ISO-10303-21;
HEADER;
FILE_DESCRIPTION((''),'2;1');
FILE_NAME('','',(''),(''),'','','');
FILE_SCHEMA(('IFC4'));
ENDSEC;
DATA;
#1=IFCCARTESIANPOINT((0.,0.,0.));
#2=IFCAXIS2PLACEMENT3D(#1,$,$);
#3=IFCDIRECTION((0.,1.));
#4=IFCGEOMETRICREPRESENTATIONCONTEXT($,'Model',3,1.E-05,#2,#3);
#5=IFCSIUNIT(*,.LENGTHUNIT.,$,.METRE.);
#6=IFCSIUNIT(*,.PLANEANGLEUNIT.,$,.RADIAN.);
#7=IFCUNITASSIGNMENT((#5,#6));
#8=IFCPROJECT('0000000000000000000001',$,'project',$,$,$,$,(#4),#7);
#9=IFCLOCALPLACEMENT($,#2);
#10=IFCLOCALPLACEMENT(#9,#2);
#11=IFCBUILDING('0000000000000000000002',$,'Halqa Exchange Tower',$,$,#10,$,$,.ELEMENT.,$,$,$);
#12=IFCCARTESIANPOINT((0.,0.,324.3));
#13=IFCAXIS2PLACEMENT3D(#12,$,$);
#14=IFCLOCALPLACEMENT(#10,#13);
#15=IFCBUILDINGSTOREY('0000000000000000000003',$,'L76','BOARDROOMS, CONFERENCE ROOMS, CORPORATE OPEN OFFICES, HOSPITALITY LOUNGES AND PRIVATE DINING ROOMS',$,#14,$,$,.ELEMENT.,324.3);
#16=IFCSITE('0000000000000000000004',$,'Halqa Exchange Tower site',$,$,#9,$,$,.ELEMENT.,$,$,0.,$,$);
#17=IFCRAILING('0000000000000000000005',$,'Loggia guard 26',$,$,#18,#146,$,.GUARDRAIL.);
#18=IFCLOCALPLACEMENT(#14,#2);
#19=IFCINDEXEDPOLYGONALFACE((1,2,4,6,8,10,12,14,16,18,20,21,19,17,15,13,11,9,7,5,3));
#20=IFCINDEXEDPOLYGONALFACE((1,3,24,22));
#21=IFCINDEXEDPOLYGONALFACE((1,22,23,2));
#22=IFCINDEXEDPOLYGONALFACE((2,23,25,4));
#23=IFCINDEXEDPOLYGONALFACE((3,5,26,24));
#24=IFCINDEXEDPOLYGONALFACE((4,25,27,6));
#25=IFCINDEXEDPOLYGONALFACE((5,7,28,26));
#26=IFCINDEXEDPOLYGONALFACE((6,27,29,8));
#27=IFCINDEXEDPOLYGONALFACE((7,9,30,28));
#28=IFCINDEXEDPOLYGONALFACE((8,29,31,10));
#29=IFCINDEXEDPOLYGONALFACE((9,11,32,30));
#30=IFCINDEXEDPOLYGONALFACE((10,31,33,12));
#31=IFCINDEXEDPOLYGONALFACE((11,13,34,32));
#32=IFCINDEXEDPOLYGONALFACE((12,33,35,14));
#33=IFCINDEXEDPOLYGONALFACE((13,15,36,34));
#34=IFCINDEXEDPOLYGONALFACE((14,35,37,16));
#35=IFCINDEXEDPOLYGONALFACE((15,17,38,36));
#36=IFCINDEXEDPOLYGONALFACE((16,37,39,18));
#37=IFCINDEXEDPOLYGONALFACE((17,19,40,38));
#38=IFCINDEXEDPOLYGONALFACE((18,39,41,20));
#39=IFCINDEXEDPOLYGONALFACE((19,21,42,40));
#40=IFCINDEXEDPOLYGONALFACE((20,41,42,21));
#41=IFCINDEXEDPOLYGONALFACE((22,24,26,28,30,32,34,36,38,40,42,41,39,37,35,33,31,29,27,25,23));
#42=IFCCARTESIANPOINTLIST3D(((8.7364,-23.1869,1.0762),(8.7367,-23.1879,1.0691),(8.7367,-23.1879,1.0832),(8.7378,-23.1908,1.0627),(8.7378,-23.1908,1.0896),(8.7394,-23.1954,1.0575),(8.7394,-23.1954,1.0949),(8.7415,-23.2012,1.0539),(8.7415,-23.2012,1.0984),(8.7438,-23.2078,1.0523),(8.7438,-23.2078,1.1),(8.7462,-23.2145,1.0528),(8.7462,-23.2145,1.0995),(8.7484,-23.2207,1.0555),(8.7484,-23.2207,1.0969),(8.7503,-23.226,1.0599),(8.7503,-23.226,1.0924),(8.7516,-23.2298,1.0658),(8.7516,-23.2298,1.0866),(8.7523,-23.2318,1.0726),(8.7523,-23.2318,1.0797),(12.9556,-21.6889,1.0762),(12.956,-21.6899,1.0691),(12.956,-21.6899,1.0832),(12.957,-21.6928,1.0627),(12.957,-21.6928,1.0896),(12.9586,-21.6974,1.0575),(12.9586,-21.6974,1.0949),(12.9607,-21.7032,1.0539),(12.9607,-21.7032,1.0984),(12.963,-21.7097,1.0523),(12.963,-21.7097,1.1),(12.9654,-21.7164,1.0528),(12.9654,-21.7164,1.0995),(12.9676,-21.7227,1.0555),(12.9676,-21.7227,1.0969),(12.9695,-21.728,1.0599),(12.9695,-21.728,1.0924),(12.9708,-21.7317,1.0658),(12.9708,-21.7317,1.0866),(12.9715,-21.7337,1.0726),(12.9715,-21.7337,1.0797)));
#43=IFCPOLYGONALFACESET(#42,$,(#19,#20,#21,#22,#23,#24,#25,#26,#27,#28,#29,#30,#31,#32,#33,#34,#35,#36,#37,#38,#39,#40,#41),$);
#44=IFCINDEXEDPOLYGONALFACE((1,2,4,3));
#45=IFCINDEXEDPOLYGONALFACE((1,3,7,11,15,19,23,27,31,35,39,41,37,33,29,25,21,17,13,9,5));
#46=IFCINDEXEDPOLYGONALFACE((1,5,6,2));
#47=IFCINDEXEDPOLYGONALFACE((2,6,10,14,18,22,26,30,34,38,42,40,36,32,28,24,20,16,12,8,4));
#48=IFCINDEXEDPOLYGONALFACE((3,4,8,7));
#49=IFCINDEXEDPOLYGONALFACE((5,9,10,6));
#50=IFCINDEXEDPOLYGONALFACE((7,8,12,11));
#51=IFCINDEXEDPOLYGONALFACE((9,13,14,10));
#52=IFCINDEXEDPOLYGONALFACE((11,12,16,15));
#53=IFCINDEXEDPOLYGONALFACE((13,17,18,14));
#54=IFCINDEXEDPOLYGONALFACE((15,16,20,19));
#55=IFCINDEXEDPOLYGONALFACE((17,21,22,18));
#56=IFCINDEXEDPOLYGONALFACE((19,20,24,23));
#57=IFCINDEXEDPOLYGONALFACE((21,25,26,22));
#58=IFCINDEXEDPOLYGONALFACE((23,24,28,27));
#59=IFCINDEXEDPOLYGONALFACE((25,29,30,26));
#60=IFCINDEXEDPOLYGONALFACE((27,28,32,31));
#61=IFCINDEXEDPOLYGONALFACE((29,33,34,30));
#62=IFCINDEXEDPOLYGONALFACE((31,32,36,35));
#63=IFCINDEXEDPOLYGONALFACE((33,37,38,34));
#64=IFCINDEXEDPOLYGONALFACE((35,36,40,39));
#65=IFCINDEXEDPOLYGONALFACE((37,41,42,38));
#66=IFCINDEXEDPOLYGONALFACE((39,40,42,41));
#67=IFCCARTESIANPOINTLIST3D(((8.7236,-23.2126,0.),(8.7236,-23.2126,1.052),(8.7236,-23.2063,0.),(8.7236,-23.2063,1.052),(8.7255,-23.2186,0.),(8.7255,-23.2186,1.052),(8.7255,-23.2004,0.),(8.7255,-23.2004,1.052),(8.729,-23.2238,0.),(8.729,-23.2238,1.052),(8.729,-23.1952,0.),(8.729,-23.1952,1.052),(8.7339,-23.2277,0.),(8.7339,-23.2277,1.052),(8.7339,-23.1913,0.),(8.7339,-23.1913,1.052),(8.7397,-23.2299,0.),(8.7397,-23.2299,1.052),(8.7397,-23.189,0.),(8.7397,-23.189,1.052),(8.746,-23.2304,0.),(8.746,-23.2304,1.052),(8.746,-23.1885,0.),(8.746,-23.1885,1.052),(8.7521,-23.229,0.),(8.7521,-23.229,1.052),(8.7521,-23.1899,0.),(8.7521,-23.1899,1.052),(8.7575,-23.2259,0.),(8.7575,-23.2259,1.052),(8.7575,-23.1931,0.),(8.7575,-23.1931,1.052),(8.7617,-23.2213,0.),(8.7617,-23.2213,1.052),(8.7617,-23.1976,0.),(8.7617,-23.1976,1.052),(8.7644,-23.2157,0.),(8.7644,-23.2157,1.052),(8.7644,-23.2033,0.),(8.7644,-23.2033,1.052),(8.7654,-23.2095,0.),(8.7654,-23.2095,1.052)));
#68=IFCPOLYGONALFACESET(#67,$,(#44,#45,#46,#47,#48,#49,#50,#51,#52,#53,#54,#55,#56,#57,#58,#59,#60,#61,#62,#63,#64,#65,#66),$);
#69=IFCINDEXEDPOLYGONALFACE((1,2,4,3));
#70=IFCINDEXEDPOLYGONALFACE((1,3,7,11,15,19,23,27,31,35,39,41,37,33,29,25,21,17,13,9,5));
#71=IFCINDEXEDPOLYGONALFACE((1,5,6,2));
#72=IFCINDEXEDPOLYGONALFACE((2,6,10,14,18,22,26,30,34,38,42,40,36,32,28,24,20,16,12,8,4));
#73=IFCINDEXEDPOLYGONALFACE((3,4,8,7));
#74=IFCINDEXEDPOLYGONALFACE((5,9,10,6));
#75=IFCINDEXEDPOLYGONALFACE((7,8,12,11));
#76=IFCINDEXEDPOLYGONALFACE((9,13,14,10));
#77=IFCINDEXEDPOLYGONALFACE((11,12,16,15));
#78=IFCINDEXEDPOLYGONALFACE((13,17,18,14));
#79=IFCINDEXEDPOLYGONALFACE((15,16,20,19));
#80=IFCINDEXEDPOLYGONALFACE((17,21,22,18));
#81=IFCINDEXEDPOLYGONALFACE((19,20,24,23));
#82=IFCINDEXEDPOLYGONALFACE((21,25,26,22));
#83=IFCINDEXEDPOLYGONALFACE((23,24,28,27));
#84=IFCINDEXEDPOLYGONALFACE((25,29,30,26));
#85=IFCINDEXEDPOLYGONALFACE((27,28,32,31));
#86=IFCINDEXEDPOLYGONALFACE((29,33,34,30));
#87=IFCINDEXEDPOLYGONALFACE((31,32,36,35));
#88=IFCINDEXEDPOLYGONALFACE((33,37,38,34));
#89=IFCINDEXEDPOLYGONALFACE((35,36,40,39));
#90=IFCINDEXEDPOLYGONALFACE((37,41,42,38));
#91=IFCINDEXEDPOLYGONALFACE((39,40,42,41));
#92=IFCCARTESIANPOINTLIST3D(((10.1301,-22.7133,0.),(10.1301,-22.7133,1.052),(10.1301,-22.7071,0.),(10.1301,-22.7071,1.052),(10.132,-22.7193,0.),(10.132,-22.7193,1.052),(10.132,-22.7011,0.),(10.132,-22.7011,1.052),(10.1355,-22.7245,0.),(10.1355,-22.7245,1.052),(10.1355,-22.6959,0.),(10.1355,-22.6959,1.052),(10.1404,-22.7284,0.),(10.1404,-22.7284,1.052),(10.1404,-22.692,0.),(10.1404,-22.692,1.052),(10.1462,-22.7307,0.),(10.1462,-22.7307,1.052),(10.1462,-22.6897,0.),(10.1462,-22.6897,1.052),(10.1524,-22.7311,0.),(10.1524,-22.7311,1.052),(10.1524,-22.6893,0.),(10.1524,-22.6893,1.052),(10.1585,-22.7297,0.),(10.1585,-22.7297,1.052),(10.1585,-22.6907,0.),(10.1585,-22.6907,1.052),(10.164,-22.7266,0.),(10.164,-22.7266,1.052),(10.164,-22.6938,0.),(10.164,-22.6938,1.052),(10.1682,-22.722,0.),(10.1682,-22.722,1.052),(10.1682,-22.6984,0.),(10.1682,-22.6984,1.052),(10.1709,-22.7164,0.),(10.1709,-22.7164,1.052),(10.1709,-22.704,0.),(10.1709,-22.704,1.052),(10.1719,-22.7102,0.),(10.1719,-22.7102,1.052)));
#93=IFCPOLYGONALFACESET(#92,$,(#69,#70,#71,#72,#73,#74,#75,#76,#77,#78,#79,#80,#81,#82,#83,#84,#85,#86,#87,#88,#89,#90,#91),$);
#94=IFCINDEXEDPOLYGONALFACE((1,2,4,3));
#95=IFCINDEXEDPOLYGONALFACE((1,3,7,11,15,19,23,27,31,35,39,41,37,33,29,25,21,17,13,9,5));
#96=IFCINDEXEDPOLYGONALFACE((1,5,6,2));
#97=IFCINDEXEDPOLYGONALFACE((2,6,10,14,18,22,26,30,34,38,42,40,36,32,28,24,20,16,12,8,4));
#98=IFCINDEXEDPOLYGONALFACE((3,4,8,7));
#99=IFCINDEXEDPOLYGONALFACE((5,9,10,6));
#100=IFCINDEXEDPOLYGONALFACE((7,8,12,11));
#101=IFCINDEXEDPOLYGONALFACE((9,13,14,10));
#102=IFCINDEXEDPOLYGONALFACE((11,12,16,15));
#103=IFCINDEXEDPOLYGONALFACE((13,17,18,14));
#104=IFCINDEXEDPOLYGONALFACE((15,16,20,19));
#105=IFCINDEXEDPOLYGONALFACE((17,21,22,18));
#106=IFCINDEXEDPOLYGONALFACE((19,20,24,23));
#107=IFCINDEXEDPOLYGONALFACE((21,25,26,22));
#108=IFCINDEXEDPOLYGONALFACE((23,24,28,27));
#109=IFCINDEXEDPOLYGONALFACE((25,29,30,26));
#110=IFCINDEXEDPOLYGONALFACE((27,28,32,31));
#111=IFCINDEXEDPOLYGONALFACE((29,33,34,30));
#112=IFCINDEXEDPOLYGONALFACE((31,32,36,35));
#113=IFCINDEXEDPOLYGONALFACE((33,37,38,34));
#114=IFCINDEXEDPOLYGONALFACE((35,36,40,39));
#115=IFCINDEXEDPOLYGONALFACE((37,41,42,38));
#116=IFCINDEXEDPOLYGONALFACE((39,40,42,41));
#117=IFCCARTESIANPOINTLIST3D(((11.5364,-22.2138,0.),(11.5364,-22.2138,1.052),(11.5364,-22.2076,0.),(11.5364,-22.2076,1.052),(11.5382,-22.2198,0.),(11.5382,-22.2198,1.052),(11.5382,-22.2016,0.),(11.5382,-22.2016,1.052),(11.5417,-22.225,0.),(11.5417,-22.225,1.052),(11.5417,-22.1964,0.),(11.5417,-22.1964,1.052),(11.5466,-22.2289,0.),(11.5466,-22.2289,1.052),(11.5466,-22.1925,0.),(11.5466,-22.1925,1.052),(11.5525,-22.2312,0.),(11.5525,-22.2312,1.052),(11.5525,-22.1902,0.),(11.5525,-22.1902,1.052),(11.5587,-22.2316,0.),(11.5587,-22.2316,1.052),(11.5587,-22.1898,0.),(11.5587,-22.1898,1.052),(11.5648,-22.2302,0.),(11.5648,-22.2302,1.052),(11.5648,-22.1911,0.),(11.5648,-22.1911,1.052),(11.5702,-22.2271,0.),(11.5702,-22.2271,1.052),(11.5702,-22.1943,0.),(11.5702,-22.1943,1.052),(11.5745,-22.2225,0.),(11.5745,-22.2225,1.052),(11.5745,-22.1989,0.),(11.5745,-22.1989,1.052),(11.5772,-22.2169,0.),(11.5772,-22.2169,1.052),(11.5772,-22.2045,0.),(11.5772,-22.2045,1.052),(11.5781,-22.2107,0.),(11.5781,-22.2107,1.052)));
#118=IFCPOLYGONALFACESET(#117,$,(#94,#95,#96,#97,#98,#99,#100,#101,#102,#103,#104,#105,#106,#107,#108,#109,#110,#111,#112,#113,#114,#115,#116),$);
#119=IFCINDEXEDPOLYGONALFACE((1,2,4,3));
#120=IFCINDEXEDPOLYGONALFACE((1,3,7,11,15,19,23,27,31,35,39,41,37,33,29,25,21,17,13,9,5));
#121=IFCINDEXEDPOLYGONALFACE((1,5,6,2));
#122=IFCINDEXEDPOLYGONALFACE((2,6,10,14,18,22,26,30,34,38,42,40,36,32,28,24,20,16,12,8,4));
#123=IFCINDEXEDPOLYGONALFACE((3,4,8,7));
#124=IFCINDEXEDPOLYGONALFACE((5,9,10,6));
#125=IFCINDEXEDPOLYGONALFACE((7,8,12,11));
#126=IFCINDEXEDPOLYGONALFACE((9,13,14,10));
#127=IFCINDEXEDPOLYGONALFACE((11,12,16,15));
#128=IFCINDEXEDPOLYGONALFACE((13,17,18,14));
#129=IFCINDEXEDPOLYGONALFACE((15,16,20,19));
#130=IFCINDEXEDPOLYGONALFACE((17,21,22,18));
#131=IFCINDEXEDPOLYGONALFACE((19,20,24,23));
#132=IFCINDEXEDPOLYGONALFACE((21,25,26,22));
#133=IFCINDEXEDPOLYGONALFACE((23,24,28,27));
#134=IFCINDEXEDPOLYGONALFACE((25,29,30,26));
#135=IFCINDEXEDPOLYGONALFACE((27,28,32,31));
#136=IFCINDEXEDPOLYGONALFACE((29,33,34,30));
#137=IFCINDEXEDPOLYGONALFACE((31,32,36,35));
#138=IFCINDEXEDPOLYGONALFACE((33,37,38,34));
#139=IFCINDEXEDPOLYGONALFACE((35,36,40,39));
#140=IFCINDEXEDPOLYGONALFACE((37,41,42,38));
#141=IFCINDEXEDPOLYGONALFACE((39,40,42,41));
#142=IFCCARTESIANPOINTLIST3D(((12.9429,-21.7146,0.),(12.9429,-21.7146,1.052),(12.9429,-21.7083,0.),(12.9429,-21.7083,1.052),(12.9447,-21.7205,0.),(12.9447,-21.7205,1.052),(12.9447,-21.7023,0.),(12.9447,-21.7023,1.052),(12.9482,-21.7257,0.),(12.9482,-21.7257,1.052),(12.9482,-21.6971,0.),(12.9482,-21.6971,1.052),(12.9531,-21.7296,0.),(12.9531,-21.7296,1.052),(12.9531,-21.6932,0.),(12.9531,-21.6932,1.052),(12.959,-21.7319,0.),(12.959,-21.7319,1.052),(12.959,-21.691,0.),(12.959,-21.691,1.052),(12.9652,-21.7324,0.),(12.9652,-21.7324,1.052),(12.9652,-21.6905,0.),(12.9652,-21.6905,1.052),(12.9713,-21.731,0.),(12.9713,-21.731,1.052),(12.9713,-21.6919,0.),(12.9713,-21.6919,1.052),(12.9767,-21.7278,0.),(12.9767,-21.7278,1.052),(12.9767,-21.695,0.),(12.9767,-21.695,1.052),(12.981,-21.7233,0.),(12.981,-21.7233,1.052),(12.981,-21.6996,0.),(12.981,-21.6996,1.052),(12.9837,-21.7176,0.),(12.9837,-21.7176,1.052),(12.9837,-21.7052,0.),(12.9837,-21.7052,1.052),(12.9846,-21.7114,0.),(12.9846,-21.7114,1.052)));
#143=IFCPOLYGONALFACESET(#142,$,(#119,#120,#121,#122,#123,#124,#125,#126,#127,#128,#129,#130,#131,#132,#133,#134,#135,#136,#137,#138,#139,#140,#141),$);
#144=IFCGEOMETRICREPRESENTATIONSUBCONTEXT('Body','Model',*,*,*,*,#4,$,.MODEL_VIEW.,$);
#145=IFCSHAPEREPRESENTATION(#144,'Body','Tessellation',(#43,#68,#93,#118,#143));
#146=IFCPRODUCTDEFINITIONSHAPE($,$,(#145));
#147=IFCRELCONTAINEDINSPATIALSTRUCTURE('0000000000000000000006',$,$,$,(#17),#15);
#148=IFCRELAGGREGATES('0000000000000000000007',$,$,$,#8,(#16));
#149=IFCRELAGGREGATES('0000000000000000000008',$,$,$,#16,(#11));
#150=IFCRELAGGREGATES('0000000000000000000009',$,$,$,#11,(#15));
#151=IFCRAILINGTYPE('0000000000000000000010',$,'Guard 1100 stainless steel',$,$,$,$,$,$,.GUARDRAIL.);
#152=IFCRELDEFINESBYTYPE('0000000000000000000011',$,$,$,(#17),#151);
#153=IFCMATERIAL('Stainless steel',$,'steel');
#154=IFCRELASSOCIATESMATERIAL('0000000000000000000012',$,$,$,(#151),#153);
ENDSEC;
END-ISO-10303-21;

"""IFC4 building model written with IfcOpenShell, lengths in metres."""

from ifc_helpers import new_model, si_unit, direction, frame, origin, origin_2d, place, context, subcontext, project, spatial, circle, extrude, material, type_object, element, save


model = new_model("IFC4")

# Units and contexts
model_context = context("Model", 3, precision=1e-05, world=origin(), true_north=direction((0.0, 1.0)))
body_context = subcontext(model_context, "Body", "Model", "MODEL_VIEW")
ifc_project = project(units=[si_unit("LENGTHUNIT", "METRE"), si_unit("PLANEANGLEUNIT", "RADIAN")], contexts=[model_context])

# Site, building, storey
site_placement = place(None, origin())
site = spatial("IfcSite", under=ifc_project, at=site_placement, Name="Halqa Exchange Tower site", CompositionType="ELEMENT", RefElevation=0.0)
building_placement = place(site_placement, origin())
building = spatial("IfcBuilding", under=site, at=building_placement, Name="Halqa Exchange Tower", CompositionType="ELEMENT")
storey_placement = place(building_placement, frame((0.0, 0.0, 324.3)))
storey = spatial("IfcBuildingStorey", under=building, at=storey_placement, Name="L76", Description="BOARDROOMS, CONFERENCE ROOMS, CORPORATE OPEN OFFICES, HOSPITALITY LOUNGES AND PRIVATE DINING ROOMS", CompositionType="ELEMENT", Elevation=324.3)

# Railing
ifc_material_1 = material(Name="Stainless steel", Category="steel")
railing_type = type_object("IfcRailingType", Name="Guard 1100 stainless steel", PredefinedType="GUARDRAIL", material=ifc_material_1)
railing_1_placement = place(storey_placement, frame((8.7444, -23.2095, 0.0)))
element("IfcRailing", 1, at=railing_1_placement, inside=storey, type_object=railing_type, Name="Loggia guard 26", PredefinedType="GUARDRAIL", context=body_context, shape_type="SweptSolid", body=[
    extrude(circle(Radius=0.0239, at=origin_2d()), frame((0.0, 0.0, 1.0762), z_axis=(0.942365, 0.334588, 0.0), x_axis=(-0.334588, 0.942365, 0.0)), (0.0, 0.0, 1.0), 4.4773),
    extrude(circle(Radius=0.021, at=origin_2d()), origin(), (0.0, 0.0, 1.0), 1.052),
    extrude(circle(Radius=0.021, at=origin_2d()), frame((1.4065, 0.4993, 0.0)), (0.0, 0.0, 1.0), 1.052),
    extrude(circle(Radius=0.021, at=origin_2d()), frame((2.8127, 0.9988, 0.0)), (0.0, 0.0, 1.0), 1.052),
    extrude(circle(Radius=0.021, at=origin_2d()), frame((4.2192, 1.498, 0.0)), (0.0, 0.0, 1.0), 1.052),
])

save(model, "model.ifc")
